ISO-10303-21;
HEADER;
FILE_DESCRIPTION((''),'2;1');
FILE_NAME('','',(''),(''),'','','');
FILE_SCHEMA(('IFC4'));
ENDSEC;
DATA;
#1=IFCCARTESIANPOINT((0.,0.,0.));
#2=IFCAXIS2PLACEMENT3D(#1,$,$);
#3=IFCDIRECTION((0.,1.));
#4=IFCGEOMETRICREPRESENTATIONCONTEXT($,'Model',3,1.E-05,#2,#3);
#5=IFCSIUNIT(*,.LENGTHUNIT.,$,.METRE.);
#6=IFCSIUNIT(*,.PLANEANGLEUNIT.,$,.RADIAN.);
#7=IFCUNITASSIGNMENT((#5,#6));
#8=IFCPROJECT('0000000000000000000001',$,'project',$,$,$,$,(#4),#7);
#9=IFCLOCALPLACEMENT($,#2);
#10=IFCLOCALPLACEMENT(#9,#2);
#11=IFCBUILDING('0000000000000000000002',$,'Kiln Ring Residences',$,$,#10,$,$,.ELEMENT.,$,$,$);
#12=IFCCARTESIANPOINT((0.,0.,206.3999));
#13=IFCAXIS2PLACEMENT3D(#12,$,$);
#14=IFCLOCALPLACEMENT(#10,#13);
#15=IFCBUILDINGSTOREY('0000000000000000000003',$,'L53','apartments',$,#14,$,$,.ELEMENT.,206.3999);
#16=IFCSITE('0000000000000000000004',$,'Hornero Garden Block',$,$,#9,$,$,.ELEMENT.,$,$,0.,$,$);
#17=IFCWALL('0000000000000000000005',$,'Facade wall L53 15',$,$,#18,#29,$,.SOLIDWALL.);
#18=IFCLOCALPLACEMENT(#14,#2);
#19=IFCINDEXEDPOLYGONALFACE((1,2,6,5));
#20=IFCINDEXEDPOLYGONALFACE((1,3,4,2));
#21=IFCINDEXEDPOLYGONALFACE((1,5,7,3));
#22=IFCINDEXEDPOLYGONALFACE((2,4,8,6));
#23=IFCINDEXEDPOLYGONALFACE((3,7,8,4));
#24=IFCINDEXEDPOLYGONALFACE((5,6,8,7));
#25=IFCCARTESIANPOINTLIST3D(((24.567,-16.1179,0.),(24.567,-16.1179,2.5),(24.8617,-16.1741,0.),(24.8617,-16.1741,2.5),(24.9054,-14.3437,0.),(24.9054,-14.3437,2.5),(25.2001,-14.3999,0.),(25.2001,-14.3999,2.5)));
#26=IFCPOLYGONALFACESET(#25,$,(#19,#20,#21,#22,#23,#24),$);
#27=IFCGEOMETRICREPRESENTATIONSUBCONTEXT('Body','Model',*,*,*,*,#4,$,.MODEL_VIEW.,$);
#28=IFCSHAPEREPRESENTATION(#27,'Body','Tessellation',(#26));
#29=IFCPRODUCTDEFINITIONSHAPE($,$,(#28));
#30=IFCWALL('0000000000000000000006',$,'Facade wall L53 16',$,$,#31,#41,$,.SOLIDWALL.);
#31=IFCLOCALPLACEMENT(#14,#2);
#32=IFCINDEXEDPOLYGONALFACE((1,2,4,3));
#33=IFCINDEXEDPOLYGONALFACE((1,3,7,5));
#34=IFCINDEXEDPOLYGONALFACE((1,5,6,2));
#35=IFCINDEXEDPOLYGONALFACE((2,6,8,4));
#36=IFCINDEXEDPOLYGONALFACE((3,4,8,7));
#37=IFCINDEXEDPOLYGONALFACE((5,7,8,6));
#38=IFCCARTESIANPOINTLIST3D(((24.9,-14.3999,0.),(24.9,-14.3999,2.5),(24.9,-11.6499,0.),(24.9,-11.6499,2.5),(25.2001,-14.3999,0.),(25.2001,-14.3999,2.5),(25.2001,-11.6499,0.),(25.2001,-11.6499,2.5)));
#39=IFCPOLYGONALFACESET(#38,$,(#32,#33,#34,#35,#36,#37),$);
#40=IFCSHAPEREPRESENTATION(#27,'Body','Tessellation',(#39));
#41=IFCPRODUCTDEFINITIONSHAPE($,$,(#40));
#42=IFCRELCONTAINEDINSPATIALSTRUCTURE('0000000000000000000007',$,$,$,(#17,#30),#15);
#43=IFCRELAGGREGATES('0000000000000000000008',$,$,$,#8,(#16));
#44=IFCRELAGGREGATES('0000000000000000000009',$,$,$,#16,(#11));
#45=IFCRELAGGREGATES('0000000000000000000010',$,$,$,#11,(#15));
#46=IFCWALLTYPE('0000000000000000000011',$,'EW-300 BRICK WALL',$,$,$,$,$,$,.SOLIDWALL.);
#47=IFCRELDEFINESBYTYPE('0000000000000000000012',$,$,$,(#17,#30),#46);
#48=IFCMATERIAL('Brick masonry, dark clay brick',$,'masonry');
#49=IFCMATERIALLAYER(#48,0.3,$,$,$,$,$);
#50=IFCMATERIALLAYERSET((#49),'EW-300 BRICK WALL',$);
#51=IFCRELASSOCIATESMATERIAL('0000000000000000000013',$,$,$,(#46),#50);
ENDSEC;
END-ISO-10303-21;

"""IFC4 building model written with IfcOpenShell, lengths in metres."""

from ifc_helpers import new_model, si_unit, direction, frame, frame_2d, origin, place, context, subcontext, project, spatial, rectangle, extrude, material, layer, layer_set, type_object, element, save


model = new_model("IFC4")

# Units and contexts
model_context = context("Model", 3, precision=1e-05, world=origin(), true_north=direction((0.0, 1.0)))
body_context = subcontext(model_context, "Body", "Model", "MODEL_VIEW")
ifc_project = project(units=[si_unit("LENGTHUNIT", "METRE"), si_unit("PLANEANGLEUNIT", "RADIAN")], contexts=[model_context])

# Site, building, storey
site_placement = place(None, origin())
site = spatial("IfcSite", under=ifc_project, at=site_placement, Name="Hornero Garden Block", CompositionType="ELEMENT", RefElevation=0.0)
building_placement = place(site_placement, origin())
building = spatial("IfcBuilding", under=site, at=building_placement, Name="Kiln Ring Residences", CompositionType="ELEMENT")
storey_placement = place(building_placement, frame((0.0, 0.0, 206.3999)))
storey = spatial("IfcBuildingStorey", under=building, at=storey_placement, Name="L53", Description="apartments", CompositionType="ELEMENT", Elevation=206.3999)

# Walls
ifc_material_1 = material(Name="Brick masonry, dark clay brick", Category="masonry")
ifc_layer_1 = layer(ifc_material_1, 0.3)
ifc_layer_set_1 = layer_set([ifc_layer_1], Name="EW-300 BRICK WALL")
wall_type_1 = type_object("IfcWallType", Name="EW-300 BRICK WALL", PredefinedType="SOLIDWALL", material=ifc_layer_set_1)
wall_1_placement = place(storey_placement, frame((24.7144, -16.146, 0.0), z_axis=(0.0, 0.0, 1.0), x_axis=(0.187348, 0.982294, 0.0)))
element("IfcWall", 1, at=wall_1_placement, inside=storey, type_object=wall_type_1, Name="Facade wall L53 15", PredefinedType="SOLIDWALL", context=body_context, shape_type="SweptSolid", body=[
    extrude(rectangle(XDim=1.8062, YDim=0.3, at=frame_2d((0.9031, 0.0))), origin(), (0.0, 0.0, 1.0), 2.5),
])
wall_2_placement = place(storey_placement, frame((25.05, -14.3999, 0.0), z_axis=(0.0, 0.0, 1.0), x_axis=(0.0, 1.0, 0.0)))
element("IfcWall", 2, at=wall_2_placement, inside=storey, type_object=wall_type_1, Name="Facade wall L53 16", PredefinedType="SOLIDWALL", context=body_context, shape_type="SweptSolid", body=[
    extrude(rectangle(XDim=2.75, YDim=0.3, at=frame_2d((1.375, 0.0))), origin(), (0.0, 0.0, 1.0), 2.5),
])

save(model, "model.ifc")
